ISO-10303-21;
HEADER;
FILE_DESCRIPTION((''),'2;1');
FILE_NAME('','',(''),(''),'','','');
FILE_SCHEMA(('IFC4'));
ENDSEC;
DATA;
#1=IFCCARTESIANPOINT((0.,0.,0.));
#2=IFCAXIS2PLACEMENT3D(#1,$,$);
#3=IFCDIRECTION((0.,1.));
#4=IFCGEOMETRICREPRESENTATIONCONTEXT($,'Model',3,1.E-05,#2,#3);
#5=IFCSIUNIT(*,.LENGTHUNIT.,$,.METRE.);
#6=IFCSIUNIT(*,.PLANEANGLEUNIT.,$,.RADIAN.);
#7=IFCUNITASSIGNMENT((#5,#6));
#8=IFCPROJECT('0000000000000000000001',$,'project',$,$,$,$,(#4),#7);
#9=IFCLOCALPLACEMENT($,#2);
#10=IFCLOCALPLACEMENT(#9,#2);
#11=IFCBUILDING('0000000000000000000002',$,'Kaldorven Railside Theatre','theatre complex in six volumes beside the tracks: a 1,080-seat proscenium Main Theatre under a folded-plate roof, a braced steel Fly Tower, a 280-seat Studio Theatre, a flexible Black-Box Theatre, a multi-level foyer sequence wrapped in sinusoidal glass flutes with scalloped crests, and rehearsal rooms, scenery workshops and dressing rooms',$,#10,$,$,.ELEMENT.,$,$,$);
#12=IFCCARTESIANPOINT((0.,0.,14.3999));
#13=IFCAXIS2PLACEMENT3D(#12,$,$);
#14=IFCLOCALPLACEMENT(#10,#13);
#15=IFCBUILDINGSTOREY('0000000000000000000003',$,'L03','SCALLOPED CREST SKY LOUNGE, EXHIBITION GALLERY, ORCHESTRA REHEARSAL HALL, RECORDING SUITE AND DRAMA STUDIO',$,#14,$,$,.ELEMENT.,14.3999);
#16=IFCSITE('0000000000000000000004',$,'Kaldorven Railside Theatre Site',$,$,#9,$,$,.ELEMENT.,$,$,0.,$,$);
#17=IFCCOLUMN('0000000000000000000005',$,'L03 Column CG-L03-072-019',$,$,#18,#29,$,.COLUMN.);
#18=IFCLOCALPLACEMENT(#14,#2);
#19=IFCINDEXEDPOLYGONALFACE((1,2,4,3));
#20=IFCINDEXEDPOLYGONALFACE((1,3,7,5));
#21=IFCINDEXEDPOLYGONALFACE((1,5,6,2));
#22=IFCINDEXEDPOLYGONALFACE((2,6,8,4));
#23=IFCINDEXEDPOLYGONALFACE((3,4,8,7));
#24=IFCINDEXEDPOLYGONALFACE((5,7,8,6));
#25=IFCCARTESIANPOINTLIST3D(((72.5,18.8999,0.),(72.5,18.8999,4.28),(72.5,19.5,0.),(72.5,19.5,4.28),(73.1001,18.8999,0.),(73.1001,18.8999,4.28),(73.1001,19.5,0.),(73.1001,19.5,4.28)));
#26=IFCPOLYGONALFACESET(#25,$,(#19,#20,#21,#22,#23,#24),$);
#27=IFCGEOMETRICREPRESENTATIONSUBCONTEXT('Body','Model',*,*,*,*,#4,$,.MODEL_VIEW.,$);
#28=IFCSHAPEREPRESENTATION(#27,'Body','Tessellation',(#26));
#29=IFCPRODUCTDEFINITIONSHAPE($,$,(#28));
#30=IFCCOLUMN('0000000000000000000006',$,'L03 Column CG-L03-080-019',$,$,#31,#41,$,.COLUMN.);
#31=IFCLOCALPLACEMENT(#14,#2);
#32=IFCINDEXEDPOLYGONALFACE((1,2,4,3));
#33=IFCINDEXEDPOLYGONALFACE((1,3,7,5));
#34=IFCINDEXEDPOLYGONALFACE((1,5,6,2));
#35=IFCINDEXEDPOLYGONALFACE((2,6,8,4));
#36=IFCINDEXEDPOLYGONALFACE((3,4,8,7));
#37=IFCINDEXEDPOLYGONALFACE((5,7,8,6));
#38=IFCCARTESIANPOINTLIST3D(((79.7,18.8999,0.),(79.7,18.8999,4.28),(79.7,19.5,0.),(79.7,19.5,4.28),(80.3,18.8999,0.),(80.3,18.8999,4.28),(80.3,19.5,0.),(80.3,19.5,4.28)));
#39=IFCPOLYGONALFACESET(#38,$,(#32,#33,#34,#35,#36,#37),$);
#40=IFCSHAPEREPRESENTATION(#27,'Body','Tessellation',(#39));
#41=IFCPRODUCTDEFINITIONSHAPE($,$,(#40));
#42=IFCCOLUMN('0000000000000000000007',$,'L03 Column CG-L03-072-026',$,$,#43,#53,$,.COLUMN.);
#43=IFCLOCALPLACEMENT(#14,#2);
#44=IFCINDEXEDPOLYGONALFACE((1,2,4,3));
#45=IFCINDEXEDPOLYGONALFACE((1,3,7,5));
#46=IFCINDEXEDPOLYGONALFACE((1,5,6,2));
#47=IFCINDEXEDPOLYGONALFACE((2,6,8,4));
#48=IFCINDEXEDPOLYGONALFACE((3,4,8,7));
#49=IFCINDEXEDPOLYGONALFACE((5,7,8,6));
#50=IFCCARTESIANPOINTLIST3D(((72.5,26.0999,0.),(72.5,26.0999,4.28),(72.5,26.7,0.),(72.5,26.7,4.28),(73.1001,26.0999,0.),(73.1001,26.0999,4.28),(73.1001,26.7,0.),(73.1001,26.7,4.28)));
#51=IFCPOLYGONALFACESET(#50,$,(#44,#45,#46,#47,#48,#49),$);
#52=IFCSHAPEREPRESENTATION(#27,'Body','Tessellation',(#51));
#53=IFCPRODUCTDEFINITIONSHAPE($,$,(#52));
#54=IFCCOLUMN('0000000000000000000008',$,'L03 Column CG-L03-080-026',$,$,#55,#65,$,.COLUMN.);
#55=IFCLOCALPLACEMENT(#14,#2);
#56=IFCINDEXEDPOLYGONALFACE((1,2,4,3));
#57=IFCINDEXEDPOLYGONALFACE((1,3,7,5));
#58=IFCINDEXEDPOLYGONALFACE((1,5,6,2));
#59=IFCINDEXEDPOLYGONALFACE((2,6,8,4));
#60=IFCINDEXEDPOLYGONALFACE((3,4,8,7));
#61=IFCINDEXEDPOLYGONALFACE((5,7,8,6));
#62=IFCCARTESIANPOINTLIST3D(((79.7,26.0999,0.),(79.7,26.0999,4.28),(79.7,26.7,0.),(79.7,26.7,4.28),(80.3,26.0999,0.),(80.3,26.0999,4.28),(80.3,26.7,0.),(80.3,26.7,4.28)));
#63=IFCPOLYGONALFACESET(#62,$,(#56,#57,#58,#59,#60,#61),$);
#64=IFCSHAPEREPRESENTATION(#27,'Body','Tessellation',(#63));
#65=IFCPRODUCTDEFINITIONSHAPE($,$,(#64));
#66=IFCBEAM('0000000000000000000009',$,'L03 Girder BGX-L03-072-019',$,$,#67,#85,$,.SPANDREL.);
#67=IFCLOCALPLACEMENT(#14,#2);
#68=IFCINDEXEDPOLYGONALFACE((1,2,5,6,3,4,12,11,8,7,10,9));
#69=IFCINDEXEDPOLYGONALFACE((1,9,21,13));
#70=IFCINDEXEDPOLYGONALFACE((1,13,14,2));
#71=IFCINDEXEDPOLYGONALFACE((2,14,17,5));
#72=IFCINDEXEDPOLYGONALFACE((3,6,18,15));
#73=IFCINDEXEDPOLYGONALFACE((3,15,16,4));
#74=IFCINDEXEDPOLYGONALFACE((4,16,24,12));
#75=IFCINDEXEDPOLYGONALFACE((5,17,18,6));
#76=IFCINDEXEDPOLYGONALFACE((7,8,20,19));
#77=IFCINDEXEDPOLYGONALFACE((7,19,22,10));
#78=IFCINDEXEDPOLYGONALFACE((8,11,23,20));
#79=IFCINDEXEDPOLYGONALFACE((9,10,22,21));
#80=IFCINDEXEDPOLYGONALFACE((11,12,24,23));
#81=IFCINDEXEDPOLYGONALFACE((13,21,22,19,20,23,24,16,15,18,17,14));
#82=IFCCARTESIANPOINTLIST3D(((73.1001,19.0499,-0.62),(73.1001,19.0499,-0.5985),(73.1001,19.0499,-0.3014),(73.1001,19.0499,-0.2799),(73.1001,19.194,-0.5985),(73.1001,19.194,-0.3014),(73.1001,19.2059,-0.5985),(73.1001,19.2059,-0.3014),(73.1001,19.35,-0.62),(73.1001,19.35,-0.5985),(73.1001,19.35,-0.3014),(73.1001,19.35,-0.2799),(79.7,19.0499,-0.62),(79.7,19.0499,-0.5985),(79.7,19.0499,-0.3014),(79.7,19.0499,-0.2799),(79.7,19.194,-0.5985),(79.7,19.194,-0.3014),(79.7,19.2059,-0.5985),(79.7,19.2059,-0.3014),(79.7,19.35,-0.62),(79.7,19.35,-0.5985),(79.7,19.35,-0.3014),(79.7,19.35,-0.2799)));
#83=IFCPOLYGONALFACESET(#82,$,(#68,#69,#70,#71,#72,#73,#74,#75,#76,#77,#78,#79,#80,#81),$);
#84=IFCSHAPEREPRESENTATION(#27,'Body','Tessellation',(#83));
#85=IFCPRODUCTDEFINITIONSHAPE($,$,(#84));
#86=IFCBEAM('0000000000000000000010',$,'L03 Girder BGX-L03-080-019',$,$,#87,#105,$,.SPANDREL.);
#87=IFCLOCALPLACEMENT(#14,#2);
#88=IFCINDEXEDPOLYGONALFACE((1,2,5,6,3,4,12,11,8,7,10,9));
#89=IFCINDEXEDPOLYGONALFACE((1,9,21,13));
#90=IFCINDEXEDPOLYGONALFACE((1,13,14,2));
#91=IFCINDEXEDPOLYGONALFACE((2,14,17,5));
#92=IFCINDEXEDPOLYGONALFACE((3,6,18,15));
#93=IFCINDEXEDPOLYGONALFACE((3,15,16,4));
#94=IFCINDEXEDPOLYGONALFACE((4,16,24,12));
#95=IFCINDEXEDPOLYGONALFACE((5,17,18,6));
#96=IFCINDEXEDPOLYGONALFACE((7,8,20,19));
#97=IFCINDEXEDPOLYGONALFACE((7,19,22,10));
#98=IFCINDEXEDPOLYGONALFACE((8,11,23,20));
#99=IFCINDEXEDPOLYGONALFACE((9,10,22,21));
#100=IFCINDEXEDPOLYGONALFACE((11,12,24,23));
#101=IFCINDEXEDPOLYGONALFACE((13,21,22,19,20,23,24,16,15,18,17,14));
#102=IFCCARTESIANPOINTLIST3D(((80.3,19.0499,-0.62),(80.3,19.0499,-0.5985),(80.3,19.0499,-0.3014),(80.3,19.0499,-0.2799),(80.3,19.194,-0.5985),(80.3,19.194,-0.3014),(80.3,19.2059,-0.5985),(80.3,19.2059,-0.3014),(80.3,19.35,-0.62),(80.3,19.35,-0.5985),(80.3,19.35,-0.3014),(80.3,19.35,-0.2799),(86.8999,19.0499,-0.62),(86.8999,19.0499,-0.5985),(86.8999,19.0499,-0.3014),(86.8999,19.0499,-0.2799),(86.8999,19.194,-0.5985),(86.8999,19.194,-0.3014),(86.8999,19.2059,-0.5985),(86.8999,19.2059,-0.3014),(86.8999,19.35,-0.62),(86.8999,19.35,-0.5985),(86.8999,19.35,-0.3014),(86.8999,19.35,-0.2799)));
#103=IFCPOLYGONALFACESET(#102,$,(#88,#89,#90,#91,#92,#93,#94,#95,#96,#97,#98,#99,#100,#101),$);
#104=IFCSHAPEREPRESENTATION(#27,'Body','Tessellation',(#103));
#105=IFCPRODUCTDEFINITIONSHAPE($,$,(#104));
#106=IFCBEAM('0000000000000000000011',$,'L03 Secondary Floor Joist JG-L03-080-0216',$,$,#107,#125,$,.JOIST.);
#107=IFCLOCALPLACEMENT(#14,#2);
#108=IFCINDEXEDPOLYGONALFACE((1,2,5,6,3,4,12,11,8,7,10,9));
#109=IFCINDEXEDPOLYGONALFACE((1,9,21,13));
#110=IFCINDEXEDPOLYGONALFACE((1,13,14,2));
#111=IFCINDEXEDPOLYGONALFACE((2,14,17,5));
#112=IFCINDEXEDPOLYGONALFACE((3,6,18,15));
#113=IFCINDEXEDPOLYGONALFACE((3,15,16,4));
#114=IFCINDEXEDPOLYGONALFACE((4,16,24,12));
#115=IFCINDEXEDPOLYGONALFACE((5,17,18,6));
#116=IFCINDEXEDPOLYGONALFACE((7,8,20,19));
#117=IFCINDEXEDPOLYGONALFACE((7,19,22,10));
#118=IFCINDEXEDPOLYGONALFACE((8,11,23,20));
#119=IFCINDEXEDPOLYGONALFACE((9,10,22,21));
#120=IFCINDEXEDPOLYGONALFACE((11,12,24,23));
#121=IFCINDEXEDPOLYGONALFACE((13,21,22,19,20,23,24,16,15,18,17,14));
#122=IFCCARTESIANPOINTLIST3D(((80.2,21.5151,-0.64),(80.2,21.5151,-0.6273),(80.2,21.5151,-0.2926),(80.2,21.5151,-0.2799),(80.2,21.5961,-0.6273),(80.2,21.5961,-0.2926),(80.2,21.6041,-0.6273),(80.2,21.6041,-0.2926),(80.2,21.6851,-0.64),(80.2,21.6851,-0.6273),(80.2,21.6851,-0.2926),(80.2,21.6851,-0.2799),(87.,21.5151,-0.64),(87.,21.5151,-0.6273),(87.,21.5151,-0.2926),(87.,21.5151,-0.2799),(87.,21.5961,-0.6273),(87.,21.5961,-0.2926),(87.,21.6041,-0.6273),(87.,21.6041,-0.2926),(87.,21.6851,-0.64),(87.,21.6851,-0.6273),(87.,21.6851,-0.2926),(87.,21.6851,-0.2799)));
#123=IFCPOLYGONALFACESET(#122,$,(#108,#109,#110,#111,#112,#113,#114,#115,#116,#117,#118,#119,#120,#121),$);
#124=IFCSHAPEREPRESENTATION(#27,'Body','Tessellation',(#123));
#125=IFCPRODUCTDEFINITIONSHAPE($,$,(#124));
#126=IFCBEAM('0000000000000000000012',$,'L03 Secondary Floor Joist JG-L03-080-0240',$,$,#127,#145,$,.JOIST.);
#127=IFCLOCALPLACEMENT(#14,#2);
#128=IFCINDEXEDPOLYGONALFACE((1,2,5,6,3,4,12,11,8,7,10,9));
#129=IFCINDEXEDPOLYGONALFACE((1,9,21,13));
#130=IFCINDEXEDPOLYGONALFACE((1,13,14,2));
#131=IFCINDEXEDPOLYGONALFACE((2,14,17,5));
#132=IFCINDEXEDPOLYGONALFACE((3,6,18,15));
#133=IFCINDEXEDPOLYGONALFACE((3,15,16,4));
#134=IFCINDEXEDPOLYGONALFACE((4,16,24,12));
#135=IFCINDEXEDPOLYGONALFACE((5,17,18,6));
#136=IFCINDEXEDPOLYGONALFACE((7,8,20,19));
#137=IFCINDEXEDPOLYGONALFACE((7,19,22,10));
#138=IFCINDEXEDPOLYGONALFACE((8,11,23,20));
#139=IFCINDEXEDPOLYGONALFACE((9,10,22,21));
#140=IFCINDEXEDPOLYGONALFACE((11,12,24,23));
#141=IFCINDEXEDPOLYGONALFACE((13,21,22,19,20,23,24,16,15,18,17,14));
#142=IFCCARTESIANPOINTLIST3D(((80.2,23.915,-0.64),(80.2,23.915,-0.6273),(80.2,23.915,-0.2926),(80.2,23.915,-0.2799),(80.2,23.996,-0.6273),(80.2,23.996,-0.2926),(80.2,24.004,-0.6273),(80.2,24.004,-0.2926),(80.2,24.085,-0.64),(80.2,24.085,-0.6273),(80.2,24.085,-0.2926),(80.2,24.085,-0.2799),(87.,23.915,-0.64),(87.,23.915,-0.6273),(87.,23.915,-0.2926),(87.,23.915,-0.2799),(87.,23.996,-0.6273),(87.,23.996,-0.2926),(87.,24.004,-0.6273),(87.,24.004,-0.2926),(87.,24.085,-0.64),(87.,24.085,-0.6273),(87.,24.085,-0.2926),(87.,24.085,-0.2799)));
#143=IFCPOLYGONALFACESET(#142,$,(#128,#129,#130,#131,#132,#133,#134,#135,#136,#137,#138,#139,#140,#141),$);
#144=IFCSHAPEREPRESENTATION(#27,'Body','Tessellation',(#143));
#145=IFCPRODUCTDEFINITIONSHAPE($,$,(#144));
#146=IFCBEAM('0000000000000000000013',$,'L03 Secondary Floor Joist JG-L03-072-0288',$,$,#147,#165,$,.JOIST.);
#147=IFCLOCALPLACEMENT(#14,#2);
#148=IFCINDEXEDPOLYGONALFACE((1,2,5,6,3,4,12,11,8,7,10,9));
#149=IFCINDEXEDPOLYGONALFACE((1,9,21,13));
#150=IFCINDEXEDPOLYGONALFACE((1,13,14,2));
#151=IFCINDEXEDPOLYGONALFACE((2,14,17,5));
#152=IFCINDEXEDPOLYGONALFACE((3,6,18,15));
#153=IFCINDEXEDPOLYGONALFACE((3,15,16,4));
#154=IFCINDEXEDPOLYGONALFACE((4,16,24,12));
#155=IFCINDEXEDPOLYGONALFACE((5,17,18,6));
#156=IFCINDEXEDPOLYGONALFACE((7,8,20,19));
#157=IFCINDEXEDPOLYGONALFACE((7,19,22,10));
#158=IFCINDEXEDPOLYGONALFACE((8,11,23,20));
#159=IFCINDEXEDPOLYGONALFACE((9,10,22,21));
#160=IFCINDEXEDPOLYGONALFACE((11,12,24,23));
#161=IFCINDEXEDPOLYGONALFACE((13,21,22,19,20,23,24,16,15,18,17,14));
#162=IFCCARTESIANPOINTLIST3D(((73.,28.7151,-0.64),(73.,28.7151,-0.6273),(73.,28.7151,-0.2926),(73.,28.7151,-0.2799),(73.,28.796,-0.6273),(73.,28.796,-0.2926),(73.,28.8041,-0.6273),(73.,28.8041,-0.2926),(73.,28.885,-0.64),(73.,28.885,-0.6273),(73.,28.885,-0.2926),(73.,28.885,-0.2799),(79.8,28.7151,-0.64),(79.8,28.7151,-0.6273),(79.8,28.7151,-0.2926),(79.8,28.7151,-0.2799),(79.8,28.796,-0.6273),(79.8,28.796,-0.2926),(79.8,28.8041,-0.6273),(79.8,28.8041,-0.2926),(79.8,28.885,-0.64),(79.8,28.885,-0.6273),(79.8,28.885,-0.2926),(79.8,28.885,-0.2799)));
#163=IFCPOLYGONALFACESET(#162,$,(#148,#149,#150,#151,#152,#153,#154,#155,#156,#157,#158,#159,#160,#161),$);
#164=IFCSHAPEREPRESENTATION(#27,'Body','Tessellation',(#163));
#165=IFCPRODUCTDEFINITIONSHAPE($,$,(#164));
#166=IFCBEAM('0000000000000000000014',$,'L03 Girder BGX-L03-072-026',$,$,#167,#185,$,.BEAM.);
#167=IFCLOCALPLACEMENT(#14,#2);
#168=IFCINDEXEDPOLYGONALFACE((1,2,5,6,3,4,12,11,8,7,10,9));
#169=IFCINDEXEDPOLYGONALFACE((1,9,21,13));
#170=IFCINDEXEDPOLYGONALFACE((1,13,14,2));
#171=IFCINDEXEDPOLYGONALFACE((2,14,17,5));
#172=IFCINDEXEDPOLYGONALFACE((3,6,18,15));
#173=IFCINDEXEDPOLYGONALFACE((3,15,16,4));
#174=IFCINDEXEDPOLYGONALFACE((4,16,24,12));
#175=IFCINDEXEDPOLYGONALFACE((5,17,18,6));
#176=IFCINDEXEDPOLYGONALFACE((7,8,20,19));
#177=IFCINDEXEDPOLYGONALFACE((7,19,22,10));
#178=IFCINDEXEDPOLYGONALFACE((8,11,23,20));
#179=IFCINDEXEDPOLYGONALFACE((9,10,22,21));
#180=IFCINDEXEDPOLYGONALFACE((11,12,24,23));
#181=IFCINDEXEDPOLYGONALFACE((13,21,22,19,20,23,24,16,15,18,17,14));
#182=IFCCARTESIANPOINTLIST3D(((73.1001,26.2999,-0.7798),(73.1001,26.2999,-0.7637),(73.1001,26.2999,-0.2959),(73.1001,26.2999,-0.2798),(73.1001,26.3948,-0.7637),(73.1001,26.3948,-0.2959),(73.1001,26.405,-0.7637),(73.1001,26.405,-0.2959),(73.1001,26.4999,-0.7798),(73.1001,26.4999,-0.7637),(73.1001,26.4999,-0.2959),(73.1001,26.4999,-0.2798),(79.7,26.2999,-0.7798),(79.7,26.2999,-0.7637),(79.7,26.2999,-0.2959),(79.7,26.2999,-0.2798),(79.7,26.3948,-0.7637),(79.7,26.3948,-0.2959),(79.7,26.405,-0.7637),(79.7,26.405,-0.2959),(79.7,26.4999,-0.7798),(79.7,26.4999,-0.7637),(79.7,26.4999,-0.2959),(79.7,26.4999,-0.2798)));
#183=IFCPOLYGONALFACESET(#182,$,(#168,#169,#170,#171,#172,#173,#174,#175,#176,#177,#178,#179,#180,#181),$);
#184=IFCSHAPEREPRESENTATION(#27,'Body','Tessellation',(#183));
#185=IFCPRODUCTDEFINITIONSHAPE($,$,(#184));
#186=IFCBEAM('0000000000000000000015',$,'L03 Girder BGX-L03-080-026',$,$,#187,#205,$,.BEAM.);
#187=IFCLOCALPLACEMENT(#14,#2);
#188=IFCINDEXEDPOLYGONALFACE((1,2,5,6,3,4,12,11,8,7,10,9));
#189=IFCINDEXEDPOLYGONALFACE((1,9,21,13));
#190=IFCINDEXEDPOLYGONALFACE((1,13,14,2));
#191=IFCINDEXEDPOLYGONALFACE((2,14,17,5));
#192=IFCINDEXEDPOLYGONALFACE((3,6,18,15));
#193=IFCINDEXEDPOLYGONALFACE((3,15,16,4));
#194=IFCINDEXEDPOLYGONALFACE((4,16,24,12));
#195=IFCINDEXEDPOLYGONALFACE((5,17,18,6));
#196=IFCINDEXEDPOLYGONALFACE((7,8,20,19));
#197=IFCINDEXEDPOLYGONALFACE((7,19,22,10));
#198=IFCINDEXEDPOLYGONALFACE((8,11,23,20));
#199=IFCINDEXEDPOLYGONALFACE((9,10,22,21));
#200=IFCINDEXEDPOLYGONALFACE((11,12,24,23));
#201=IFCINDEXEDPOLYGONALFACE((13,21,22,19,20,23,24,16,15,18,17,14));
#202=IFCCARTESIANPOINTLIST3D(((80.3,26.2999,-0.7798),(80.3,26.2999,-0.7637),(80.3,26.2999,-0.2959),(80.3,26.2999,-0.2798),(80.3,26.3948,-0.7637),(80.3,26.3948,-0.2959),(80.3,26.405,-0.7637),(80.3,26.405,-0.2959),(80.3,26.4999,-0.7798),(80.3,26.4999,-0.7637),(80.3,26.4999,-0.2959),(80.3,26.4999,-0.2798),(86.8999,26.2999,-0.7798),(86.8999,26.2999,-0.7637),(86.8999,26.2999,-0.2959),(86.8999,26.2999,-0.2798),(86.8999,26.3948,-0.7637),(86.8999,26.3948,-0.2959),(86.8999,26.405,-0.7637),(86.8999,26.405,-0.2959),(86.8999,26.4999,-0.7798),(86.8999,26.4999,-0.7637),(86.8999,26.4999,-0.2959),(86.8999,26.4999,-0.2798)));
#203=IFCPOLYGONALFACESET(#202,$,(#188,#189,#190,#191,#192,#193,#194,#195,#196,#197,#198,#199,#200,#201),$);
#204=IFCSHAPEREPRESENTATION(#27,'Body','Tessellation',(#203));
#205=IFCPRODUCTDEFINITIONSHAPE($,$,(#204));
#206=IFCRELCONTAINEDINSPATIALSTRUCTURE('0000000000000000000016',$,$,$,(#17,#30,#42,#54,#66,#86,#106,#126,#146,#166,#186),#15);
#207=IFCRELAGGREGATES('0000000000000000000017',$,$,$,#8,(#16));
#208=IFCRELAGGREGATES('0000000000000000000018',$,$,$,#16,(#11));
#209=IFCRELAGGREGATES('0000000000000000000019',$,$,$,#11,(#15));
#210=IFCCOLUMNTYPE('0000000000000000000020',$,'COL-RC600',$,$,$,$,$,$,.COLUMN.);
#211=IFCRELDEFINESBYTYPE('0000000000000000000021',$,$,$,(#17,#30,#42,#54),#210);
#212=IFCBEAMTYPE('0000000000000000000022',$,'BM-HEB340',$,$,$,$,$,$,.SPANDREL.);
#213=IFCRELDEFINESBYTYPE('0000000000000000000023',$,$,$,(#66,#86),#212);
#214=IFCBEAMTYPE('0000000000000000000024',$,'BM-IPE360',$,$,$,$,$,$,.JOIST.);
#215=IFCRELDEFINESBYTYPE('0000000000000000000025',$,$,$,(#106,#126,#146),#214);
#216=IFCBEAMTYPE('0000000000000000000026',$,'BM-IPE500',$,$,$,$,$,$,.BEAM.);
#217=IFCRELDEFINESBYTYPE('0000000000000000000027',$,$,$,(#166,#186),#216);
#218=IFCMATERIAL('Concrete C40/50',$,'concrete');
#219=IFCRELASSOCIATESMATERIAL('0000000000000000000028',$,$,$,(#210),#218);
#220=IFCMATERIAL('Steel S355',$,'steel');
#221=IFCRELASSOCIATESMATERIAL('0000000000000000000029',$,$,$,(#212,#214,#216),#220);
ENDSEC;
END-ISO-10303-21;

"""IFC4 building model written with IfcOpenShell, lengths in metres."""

from ifc_helpers import new_model, si_unit, direction, frame, origin, origin_2d, place, context, subcontext, project, spatial, rectangle, i_section, extrude, material, material_profile, profile_set, type_object, element, save


model = new_model("IFC4")

# Units and contexts
model_context = context("Model", 3, precision=1e-05, world=origin(), true_north=direction((0.0, 1.0)))
body_context = subcontext(model_context, "Body", "Model", "MODEL_VIEW")
ifc_project = project(units=[si_unit("LENGTHUNIT", "METRE"), si_unit("PLANEANGLEUNIT", "RADIAN")], contexts=[model_context])

# Site, building, storey
site_placement = place(None, origin())
site = spatial("IfcSite", under=ifc_project, at=site_placement, Name="Kaldorven Railside Theatre Site", CompositionType="ELEMENT", RefElevation=0.0)
building_placement = place(site_placement, origin())
building = spatial("IfcBuilding", under=site, at=building_placement, Name="Kaldorven Railside Theatre", Description="theatre complex in six volumes beside the tracks: a 1,080-seat proscenium Main Theatre under a folded-plate roof, a braced steel Fly Tower, a 280-seat Studio Theatre, a flexible Black-Box Theatre, a multi-level foyer sequence wrapped in sinusoidal glass flutes with scalloped crests, and rehearsal rooms, scenery workshops and dressing rooms", CompositionType="ELEMENT")
storey_placement = place(building_placement, frame((0.0, 0.0, 14.3999)))
storey = spatial("IfcBuildingStorey", under=building, at=storey_placement, Name="L03", Description="SCALLOPED CREST SKY LOUNGE, EXHIBITION GALLERY, ORCHESTRA REHEARSAL HALL, RECORDING SUITE AND DRAMA STUDIO", CompositionType="ELEMENT", Elevation=14.3999)

# Columns
ifc_material_1 = material(Name="Concrete C40/50", Category="concrete")
ifc_material_profile_1 = material_profile(ifc_material_1, rectangle(XDim=0.6001, YDim=0.6001, at=origin_2d()), Name="RC 600x600")
ifc_profile_set_1 = profile_set([ifc_material_profile_1], Name="Concrete C40/50")
column_type = type_object("IfcColumnType", Name="COL-RC600", PredefinedType="COLUMN", material=ifc_profile_set_1)
for number, where, z_axis, x_axis, name in (
    (1, (72.8, 19.2, 0.0), (0.0, 0.0, 1.0), (1.0, 0.0, 0.0), "L03 Column CG-L03-072-019"),
    (2, (80.0, 19.2, 0.0), (0.0, 0.0, 1.0), (0.0, 1.0, 0.0), "L03 Column CG-L03-080-019"),
    (3, (72.8, 26.3999, 0.0), (0.0, 0.0, 1.0), (0.0, 1.0, 0.0), "L03 Column CG-L03-072-026"),
    (4, (80.0, 26.3999, 0.0), (0.0, 0.0, 1.0), (1.0, 0.0, 0.0), "L03 Column CG-L03-080-026"),
):
    element("IfcColumn", number, at=place(storey_placement, frame(where, z_axis=z_axis, x_axis=x_axis)), inside=storey, type_object=column_type, Name=name, PredefinedType="COLUMN", context=body_context, shape_type="SweptSolid", body=[
        extrude(rectangle(XDim=0.6001, YDim=0.6001, at=origin_2d()), origin(), (0.0, 0.0, 1.0), 4.28),
    ])

# Beams
ifc_material_2 = material(Name="Steel S355", Category="steel")
ifc_material_profile_2 = material_profile(ifc_material_2, i_section(OverallWidth=0.3, OverallDepth=0.3401, WebThickness=0.012, FlangeThickness=0.0215, at=origin_2d()), Name="HEB 340")
ifc_profile_set_2 = profile_set([ifc_material_profile_2], Name="Steel S355")
beam_type_1 = type_object("IfcBeamType", Name="BM-HEB340", PredefinedType="SPANDREL", material=ifc_profile_set_2)
for number, where, z_axis, x_axis, name in (
    (5, (73.1001, 19.2, -0.45), (1.0, 0.0, 0.0), (0.0, 1.0, 0.0), "L03 Girder BGX-L03-072-019"),
    (6, (80.3, 19.2, -0.45), (1.0, 0.0, 0.0), (0.0, 1.0, 0.0), "L03 Girder BGX-L03-080-019"),
):
    element("IfcBeam", number, at=place(storey_placement, frame(where, z_axis=z_axis, x_axis=x_axis)), inside=storey, type_object=beam_type_1, Name=name, PredefinedType="SPANDREL", context=body_context, shape_type="SweptSolid", body=[
        extrude(i_section(OverallWidth=0.3, OverallDepth=0.3401, WebThickness=0.012, FlangeThickness=0.0215, at=origin_2d()), origin(), (0.0, 0.0, 1.0), 6.5999),
    ])
ifc_material_profile_3 = material_profile(ifc_material_2, i_section(OverallWidth=0.1699, OverallDepth=0.3601, WebThickness=0.0081, FlangeThickness=0.0127, at=origin_2d()), Name="IPE 360")
ifc_profile_set_3 = profile_set([ifc_material_profile_3], Name="Steel S355")
beam_type_2 = type_object("IfcBeamType", Name="BM-IPE360", PredefinedType="JOIST", material=ifc_profile_set_3)
for number, where, z_axis, x_axis, name in (
    (7, (80.2, 21.6001, -0.46), (1.0, 0.0, 0.0), (0.0, 1.0, 0.0), "L03 Secondary Floor Joist JG-L03-080-0216"),
    (8, (80.2, 24.0, -0.46), (1.0, 0.0, 0.0), (0.0, 1.0, 0.0), "L03 Secondary Floor Joist JG-L03-080-0240"),
    (9, (73.0, 28.8, -0.46), (1.0, 0.0, 0.0), (0.0, 1.0, 0.0), "L03 Secondary Floor Joist JG-L03-072-0288"),
):
    element("IfcBeam", number, at=place(storey_placement, frame(where, z_axis=z_axis, x_axis=x_axis)), inside=storey, type_object=beam_type_2, Name=name, PredefinedType="JOIST", context=body_context, shape_type="SweptSolid", body=[
        extrude(i_section(OverallWidth=0.1699, OverallDepth=0.3601, WebThickness=0.0081, FlangeThickness=0.0127, at=origin_2d()), origin(), (0.0, 0.0, 1.0), 6.8),
    ])
ifc_material_profile_4 = material_profile(ifc_material_2, i_section(OverallWidth=0.2, OverallDepth=0.5, WebThickness=0.0103, FlangeThickness=0.0161, at=origin_2d()), Name="IPE 500")
ifc_profile_set_4 = profile_set([ifc_material_profile_4], Name="Steel S355")
beam_type_3 = type_object("IfcBeamType", Name="BM-IPE500", PredefinedType="BEAM", material=ifc_profile_set_4)
for number, where, z_axis, x_axis, name in (
    (10, (73.1001, 26.3999, -0.5298), (1.0, 0.0, 0.0), (0.0, 1.0, 0.0), "L03 Girder BGX-L03-072-026"),
    (11, (80.3, 26.3999, -0.5298), (1.0, 0.0, 0.0), (0.0, 1.0, 0.0), "L03 Girder BGX-L03-080-026"),
):
    element("IfcBeam", number, at=place(storey_placement, frame(where, z_axis=z_axis, x_axis=x_axis)), inside=storey, type_object=beam_type_3, Name=name, PredefinedType="BEAM", context=body_context, shape_type="SweptSolid", body=[
        extrude(i_section(OverallWidth=0.2, OverallDepth=0.5, WebThickness=0.0103, FlangeThickness=0.0161, at=origin_2d()), origin(), (0.0, 0.0, 1.0), 6.5999),
    ])

save(model, "model.ifc")
